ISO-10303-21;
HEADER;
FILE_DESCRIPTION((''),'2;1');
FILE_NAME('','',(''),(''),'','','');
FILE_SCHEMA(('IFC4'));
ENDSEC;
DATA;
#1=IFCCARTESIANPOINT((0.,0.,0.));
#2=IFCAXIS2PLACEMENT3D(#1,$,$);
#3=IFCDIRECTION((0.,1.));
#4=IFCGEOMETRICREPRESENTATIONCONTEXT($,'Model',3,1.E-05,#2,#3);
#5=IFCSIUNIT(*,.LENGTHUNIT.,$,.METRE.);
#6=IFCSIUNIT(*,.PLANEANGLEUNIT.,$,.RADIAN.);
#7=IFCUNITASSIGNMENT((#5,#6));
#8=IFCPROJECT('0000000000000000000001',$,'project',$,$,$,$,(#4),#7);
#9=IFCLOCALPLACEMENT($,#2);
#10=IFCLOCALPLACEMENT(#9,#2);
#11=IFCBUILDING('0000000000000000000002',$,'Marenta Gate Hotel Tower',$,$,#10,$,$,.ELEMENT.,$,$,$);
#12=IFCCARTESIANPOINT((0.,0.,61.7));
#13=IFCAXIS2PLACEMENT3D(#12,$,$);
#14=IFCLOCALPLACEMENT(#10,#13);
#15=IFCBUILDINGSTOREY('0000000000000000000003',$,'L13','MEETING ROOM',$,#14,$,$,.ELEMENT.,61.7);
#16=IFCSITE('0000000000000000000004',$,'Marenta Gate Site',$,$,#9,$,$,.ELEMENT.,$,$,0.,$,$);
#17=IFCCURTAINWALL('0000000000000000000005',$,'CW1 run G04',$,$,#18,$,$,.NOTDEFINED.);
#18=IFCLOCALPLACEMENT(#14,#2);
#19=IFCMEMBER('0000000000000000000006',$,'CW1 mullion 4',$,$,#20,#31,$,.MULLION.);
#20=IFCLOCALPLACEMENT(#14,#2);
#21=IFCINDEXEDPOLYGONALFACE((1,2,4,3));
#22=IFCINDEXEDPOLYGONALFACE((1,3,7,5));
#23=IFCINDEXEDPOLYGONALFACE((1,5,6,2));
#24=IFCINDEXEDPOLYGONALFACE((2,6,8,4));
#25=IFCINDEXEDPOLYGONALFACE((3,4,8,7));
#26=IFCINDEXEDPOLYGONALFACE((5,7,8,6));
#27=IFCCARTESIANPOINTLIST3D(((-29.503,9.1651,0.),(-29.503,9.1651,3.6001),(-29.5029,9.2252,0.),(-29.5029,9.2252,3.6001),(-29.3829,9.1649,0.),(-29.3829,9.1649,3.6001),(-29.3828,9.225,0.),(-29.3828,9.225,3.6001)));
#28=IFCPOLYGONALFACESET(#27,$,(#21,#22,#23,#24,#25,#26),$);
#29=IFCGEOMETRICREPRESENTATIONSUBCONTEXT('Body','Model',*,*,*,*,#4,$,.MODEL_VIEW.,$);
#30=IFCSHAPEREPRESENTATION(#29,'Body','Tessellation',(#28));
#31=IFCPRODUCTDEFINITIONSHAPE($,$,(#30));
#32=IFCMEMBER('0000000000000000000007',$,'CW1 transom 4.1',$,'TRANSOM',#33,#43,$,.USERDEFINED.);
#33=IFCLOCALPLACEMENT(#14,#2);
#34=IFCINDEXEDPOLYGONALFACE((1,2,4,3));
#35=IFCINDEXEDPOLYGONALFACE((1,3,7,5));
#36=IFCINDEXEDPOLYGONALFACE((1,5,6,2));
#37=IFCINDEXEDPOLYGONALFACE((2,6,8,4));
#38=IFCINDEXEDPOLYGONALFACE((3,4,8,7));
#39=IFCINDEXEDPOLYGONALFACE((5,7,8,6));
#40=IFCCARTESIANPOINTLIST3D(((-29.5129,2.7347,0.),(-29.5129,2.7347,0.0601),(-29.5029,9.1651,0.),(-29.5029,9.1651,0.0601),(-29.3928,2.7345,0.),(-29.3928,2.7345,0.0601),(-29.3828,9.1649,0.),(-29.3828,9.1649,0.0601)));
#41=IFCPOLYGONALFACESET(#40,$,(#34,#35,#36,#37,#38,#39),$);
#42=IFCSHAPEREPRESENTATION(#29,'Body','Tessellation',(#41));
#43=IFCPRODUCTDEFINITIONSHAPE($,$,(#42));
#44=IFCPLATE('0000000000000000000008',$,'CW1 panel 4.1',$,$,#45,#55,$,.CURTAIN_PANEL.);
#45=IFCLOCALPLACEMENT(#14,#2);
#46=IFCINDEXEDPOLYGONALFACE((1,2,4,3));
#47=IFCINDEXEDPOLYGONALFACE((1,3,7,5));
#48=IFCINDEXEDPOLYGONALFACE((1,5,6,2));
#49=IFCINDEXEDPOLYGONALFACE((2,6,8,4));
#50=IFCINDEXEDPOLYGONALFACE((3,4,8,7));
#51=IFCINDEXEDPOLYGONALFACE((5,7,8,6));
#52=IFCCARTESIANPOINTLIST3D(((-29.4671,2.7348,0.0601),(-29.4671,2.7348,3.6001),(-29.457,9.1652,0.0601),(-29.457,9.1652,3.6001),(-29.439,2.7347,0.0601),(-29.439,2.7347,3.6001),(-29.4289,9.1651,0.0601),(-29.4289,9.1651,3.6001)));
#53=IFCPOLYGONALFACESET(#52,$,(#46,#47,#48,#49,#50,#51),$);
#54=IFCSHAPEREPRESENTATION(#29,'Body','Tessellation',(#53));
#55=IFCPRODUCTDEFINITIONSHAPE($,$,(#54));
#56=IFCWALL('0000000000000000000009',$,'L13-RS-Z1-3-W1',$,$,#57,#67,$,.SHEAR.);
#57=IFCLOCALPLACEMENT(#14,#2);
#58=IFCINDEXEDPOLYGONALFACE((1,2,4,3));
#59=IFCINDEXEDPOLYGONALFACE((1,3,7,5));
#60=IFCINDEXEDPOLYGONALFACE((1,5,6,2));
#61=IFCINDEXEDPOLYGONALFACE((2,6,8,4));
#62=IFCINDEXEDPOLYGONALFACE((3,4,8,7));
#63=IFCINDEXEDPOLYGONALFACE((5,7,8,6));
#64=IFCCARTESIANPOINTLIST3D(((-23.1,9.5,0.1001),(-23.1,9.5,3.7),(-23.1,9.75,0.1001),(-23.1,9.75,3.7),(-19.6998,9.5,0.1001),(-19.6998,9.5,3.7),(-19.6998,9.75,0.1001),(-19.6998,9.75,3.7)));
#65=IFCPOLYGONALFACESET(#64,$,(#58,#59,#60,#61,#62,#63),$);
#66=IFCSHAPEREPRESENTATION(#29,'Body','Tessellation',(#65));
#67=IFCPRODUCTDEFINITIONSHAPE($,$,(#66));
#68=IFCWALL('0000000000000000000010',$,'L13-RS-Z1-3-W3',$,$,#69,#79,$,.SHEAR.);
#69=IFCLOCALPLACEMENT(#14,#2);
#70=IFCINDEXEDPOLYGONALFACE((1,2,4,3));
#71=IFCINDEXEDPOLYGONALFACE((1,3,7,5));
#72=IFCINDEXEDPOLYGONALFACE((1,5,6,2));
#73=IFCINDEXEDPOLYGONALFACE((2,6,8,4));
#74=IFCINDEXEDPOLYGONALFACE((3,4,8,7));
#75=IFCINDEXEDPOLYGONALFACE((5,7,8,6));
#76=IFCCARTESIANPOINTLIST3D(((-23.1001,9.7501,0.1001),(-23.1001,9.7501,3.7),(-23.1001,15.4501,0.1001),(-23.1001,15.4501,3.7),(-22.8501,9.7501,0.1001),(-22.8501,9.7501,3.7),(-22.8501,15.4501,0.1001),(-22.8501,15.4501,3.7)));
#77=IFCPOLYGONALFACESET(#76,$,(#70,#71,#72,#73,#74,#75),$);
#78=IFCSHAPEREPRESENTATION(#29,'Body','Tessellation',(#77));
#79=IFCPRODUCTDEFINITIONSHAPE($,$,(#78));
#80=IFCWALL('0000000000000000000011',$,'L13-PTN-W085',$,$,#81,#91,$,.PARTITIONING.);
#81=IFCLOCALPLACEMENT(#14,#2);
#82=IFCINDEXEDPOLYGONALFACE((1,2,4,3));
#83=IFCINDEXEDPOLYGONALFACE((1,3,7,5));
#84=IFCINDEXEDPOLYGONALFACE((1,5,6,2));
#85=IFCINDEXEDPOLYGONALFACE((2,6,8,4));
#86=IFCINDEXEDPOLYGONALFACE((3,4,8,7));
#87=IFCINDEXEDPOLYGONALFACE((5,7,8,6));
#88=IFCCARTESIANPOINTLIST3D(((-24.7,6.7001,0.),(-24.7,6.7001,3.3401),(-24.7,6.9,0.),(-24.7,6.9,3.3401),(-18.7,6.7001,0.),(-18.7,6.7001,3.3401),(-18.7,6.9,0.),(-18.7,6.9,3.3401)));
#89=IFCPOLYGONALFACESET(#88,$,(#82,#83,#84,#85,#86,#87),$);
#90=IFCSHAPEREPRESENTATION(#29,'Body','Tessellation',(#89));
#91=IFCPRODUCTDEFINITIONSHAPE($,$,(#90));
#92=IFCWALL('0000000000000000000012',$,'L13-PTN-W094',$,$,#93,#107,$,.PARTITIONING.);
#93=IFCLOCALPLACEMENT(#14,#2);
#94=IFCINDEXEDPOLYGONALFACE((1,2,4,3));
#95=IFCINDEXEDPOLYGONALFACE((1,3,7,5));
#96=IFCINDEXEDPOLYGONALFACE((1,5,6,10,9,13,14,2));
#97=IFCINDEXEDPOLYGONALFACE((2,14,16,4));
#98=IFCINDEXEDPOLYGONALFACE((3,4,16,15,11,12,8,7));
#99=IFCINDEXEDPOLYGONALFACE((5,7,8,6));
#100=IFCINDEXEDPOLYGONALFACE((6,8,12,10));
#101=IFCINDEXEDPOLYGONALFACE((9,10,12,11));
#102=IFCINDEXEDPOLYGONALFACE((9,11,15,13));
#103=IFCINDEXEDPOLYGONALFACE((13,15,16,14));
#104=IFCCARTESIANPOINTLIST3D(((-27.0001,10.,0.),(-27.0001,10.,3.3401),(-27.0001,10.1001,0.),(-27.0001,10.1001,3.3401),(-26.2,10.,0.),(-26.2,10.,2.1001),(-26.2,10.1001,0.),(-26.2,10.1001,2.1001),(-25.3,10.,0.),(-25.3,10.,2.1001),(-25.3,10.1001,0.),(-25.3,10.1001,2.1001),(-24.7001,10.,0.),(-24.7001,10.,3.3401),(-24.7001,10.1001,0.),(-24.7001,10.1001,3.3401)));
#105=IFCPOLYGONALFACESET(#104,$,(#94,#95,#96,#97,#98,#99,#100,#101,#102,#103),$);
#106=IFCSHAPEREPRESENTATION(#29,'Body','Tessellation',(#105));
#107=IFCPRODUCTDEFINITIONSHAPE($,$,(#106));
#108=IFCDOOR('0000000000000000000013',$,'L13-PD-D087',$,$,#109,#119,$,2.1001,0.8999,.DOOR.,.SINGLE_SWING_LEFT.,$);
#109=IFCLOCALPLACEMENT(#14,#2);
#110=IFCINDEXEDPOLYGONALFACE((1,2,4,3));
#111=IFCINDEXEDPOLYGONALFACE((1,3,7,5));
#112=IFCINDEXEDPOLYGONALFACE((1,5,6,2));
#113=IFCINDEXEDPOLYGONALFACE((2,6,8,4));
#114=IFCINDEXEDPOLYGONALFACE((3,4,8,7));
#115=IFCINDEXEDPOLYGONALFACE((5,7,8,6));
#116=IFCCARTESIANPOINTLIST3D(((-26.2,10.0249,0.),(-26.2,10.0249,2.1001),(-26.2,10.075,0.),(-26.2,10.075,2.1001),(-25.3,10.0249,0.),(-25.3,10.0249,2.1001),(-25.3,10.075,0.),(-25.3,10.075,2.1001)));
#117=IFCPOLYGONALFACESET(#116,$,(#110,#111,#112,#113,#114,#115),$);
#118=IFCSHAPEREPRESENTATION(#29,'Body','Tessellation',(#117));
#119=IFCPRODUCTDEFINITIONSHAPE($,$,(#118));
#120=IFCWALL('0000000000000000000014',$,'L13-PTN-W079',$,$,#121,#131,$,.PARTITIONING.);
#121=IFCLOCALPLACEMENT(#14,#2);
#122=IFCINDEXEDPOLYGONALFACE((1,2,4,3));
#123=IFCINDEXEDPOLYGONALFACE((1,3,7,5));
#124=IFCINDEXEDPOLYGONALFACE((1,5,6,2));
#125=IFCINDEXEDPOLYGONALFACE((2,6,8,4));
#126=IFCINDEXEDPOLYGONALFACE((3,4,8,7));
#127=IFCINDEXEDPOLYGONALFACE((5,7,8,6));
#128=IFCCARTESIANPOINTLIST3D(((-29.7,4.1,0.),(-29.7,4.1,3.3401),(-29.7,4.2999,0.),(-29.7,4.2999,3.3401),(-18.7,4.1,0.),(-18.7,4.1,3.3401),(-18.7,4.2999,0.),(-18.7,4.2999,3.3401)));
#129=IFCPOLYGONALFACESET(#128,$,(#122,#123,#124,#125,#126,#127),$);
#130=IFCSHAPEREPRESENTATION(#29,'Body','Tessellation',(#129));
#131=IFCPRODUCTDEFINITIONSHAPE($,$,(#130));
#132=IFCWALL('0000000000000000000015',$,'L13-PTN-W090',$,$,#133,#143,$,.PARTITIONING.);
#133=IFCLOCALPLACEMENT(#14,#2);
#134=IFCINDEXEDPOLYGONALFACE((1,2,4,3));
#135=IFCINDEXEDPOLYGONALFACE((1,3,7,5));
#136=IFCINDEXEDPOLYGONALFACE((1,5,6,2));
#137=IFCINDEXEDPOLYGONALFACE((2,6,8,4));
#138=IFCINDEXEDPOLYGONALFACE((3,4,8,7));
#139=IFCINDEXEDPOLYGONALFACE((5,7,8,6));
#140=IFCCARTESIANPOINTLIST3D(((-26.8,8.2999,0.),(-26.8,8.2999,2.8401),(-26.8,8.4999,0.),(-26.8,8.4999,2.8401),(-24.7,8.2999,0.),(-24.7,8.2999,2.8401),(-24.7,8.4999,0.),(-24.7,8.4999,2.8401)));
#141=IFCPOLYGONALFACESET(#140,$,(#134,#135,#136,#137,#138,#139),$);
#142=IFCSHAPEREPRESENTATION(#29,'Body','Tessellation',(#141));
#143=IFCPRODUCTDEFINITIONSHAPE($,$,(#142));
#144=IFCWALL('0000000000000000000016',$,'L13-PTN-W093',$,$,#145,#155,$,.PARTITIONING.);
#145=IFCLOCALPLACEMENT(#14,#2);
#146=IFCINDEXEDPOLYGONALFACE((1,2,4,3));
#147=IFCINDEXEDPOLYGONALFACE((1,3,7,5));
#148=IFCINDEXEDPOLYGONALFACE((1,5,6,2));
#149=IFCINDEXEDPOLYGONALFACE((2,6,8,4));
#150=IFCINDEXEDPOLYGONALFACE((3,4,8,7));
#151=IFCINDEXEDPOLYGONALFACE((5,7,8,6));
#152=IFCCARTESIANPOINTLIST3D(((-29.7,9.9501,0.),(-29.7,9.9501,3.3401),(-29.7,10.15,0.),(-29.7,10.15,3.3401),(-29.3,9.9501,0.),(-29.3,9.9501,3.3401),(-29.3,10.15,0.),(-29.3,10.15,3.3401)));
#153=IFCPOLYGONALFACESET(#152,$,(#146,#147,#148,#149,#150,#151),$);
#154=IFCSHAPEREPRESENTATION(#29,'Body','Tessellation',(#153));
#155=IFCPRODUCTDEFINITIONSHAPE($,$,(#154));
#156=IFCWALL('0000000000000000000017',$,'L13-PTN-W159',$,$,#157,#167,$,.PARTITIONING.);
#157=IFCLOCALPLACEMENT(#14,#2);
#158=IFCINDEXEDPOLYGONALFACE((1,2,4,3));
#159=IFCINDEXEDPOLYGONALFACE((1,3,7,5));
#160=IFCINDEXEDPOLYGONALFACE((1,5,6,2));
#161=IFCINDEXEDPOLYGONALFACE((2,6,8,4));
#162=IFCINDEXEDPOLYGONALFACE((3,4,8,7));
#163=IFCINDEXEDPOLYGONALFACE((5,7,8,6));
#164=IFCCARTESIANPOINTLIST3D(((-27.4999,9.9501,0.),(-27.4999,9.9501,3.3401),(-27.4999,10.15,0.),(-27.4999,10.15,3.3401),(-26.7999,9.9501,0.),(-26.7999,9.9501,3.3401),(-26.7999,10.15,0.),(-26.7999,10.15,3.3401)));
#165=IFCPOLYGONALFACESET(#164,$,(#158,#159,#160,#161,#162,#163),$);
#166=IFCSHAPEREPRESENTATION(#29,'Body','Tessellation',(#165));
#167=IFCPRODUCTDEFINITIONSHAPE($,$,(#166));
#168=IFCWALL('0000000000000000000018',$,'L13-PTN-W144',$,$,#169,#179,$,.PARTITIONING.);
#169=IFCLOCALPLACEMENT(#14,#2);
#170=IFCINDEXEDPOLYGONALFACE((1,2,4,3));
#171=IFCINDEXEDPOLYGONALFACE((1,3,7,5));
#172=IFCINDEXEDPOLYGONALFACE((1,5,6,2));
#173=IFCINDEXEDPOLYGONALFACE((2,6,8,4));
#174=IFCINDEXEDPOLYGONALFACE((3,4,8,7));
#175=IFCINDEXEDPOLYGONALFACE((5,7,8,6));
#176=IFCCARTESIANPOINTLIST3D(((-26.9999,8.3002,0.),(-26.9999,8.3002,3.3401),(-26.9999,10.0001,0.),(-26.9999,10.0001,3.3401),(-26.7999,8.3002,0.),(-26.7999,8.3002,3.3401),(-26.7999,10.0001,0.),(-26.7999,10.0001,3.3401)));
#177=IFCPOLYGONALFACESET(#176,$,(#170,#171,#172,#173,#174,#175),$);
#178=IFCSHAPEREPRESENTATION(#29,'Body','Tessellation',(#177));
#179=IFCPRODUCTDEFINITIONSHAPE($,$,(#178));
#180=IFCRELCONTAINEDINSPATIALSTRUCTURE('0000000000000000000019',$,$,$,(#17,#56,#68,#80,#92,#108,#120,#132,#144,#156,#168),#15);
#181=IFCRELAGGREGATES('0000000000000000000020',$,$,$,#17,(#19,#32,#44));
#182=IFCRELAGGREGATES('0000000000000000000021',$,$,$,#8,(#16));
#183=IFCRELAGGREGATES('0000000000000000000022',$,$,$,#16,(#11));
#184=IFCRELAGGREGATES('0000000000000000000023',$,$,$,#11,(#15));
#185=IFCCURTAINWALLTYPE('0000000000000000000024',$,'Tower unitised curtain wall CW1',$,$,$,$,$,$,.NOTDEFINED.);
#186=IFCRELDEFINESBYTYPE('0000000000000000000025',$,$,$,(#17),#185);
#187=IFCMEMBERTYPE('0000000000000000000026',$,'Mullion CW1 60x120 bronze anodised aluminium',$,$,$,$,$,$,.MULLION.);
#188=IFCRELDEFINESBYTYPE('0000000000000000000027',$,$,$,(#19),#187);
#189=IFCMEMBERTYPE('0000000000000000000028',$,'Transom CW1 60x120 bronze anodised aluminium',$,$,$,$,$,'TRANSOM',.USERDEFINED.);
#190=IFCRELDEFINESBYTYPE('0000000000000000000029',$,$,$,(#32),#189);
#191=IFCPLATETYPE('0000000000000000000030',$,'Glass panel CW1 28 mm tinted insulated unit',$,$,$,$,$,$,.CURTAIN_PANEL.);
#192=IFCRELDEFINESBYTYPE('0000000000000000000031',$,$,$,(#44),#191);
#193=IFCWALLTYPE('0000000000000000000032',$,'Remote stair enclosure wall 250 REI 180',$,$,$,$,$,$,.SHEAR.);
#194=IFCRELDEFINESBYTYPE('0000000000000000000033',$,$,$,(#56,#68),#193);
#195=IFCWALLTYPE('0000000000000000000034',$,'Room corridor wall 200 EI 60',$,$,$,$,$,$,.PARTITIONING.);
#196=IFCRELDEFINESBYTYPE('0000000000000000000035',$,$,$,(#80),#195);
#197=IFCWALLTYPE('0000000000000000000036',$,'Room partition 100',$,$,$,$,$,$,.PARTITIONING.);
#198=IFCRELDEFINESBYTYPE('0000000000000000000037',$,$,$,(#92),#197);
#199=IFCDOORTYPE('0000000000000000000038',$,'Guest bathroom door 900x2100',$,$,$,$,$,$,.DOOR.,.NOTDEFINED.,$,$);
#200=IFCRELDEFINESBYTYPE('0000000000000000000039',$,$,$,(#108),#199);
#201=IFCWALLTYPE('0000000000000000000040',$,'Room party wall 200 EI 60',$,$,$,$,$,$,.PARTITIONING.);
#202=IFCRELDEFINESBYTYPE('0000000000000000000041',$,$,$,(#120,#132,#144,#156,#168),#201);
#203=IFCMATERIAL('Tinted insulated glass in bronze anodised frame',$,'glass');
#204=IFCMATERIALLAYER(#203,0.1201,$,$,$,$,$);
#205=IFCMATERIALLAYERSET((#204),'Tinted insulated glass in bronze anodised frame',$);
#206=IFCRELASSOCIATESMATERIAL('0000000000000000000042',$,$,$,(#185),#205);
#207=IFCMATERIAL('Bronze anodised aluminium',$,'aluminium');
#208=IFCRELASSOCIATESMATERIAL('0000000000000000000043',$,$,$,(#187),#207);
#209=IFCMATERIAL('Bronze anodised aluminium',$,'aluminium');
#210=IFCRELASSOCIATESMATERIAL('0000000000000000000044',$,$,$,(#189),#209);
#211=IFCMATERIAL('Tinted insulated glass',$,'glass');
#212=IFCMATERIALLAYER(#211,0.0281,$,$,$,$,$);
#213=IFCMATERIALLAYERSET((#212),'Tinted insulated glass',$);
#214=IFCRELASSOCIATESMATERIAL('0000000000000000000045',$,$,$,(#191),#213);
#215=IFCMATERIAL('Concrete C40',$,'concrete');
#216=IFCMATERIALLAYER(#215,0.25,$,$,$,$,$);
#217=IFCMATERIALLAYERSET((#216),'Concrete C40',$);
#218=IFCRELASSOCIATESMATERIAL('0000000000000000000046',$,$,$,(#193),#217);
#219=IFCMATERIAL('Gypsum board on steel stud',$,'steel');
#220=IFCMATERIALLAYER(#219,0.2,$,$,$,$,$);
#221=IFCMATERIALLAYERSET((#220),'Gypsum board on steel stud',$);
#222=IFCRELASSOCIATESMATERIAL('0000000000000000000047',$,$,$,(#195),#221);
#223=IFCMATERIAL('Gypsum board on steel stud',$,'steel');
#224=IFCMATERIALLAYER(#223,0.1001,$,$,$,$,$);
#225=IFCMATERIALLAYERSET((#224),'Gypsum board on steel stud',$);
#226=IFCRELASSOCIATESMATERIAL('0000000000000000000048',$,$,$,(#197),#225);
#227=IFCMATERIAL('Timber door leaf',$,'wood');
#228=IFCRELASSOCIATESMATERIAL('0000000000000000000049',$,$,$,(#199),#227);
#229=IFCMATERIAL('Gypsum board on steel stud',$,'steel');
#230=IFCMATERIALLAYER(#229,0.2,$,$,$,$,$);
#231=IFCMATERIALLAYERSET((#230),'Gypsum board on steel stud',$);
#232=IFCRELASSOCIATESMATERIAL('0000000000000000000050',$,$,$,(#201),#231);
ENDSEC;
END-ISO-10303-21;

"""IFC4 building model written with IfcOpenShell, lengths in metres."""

from ifc_helpers import new_model, si_unit, direction, frame, frame_2d, origin, origin_2d, place, context, subcontext, project, spatial, rectangle, extrude, material, layer, layer_set, material_profile, profile_set, type_object, element, fill, aggregate, save


model = new_model("IFC4")

# Units and contexts
model_context = context("Model", 3, precision=1e-05, world=origin(), true_north=direction((0.0, 1.0)))
body_context = subcontext(model_context, "Body", "Model", "MODEL_VIEW")
ifc_project = project(units=[si_unit("LENGTHUNIT", "METRE"), si_unit("PLANEANGLEUNIT", "RADIAN")], contexts=[model_context])

# Site, building, storey
site_placement = place(None, origin())
site = spatial("IfcSite", under=ifc_project, at=site_placement, Name="Marenta Gate Site", CompositionType="ELEMENT", RefElevation=0.0)
building_placement = place(site_placement, origin())
building = spatial("IfcBuilding", under=site, at=building_placement, Name="Marenta Gate Hotel Tower", CompositionType="ELEMENT")
storey_placement = place(building_placement, frame((0.0, 0.0, 61.7)))
storey = spatial("IfcBuildingStorey", under=building, at=storey_placement, Name="L13", Description="MEETING ROOM", CompositionType="ELEMENT", Elevation=61.7)

# Curtain wall, members, plate
ifc_material_1 = material(Name="Tinted insulated glass in bronze anodised frame", Category="glass")
ifc_layer_1 = layer(ifc_material_1, 0.1201)
ifc_layer_set_1 = layer_set([ifc_layer_1], Name="Tinted insulated glass in bronze anodised frame")
curtain_wall_type = type_object("IfcCurtainWallType", Name="Tower unitised curtain wall CW1", PredefinedType="NOTDEFINED", material=ifc_layer_set_1)
curtain_wall_placement = place(storey_placement, origin())
curtain_wall = element("IfcCurtainWall", 1, at=curtain_wall_placement, inside=storey, type_object=curtain_wall_type, Name="CW1 run G04", PredefinedType="NOTDEFINED")
ifc_material_2 = material(Name="Bronze anodised aluminium", Category="aluminium")
ifc_material_profile_1 = material_profile(ifc_material_2, rectangle(XDim=0.1201, YDim=0.0601, at=origin_2d()), Name="Mullion CW1 60x120 bronze anodised aluminium")
ifc_profile_set_1 = profile_set([ifc_material_profile_1], Name="Bronze anodised aluminium")
member_type_1 = type_object("IfcMemberType", Name="Mullion CW1 60x120 bronze anodised aluminium", PredefinedType="MULLION", material=ifc_profile_set_1)
member_1_placement = place(storey_placement, frame((-29.4429, 9.1951, 0.0), z_axis=(0.0, 0.0, 1.0), x_axis=(0.999999, -0.001566, 0.0)))
member_1 = element("IfcMember", 2, at=member_1_placement, type_object=member_type_1, Name="CW1 mullion 4", PredefinedType="MULLION", context=body_context, shape_type="SweptSolid", body=[
    extrude(rectangle(XDim=0.1201, YDim=0.0601, at=origin_2d()), origin(), (0.0, 0.0, 1.0), 3.6001),
])
ifc_material_3 = material(Name="Bronze anodised aluminium", Category="aluminium")
ifc_material_profile_2 = material_profile(ifc_material_3, rectangle(XDim=0.1201, YDim=0.0601, at=origin_2d()), Name="Transom CW1 60x120 bronze anodised aluminium")
ifc_profile_set_2 = profile_set([ifc_material_profile_2], Name="Bronze anodised aluminium")
member_type_2 = type_object("IfcMemberType", Name="Transom CW1 60x120 bronze anodised aluminium", ElementType="TRANSOM", PredefinedType="USERDEFINED", material=ifc_profile_set_2)
member_2_placement = place(storey_placement, frame((-29.4429, 9.165, 0.03), z_axis=(-0.001557, -0.999999, 0.0), x_axis=(0.999999, -0.001557, 0.0)))
member_2 = element("IfcMember", 3, at=member_2_placement, type_object=member_type_2, Name="CW1 transom 4.1", ObjectType="TRANSOM", PredefinedType="USERDEFINED", context=body_context, shape_type="SweptSolid", body=[
    extrude(rectangle(XDim=0.1201, YDim=0.0601, at=origin_2d()), origin(), (0.0, 0.0, 1.0), 6.4304),
])
ifc_material_4 = material(Name="Tinted insulated glass", Category="glass")
ifc_layer_2 = layer(ifc_material_4, 0.0281)
ifc_layer_set_2 = layer_set([ifc_layer_2], Name="Tinted insulated glass")
plate_type = type_object("IfcPlateType", Name="Glass panel CW1 28 mm tinted insulated unit", PredefinedType="CURTAIN_PANEL", material=ifc_layer_set_2)
plate_placement = place(storey_placement, frame((-29.448, 5.95, 0.0601), z_axis=(0.0, 0.0, 1.0), x_axis=(-0.001566, -0.999999, 0.0)))
plate = element("IfcPlate", 4, at=plate_placement, type_object=plate_type, Name="CW1 panel 4.1", PredefinedType="CURTAIN_PANEL", context=body_context, shape_type="SweptSolid", body=[
    extrude(rectangle(XDim=6.4304, YDim=0.0281, at=origin_2d()), origin(), (0.0, 0.0, 1.0), 3.54),
])
aggregate(curtain_wall, [member_1, member_2, plate])

# Walls
ifc_material_5 = material(Name="Concrete C40", Category="concrete")
ifc_layer_3 = layer(ifc_material_5, 0.25)
ifc_layer_set_3 = layer_set([ifc_layer_3], Name="Concrete C40")
wall_type_1 = type_object("IfcWallType", Name="Remote stair enclosure wall 250 REI 180", PredefinedType="SHEAR", material=ifc_layer_set_3)
wall_1_placement = place(storey_placement, frame((-23.1001, 9.625, 0.1001), z_axis=(0.0, 0.0, 1.0), x_axis=(1.0, 0.0, 0.0)))
element("IfcWall", 5, at=wall_1_placement, inside=storey, type_object=wall_type_1, Name="L13-RS-Z1-3-W1", PredefinedType="SHEAR", context=body_context, shape_type="SweptSolid", body=[
    extrude(rectangle(XDim=3.4001, YDim=0.25, at=frame_2d((1.7002, 0.0))), origin(), (0.0, 0.0, 1.0), 3.5999),
])
wall_2_placement = place(storey_placement, frame((-22.9751, 9.75, 0.1001), z_axis=(0.0, 0.0, 1.0), x_axis=(0.0, 1.0, 0.0)))
element("IfcWall", 6, at=wall_2_placement, inside=storey, type_object=wall_type_1, Name="L13-RS-Z1-3-W3", PredefinedType="SHEAR", context=body_context, shape_type="SweptSolid", body=[
    extrude(rectangle(XDim=5.7, YDim=0.25, at=frame_2d((2.8501, 0.0))), origin(), (0.0, 0.0, 1.0), 3.5999),
])
ifc_material_6 = material(Name="Gypsum board on steel stud", Category="steel")
ifc_layer_4 = layer(ifc_material_6, 0.2)
ifc_layer_set_4 = layer_set([ifc_layer_4], Name="Gypsum board on steel stud")
wall_type_2 = type_object("IfcWallType", Name="Room corridor wall 200 EI 60", PredefinedType="PARTITIONING", material=ifc_layer_set_4)
wall_3_placement = place(storey_placement, frame((-24.7, 6.8, 0.0), z_axis=(0.0, 0.0, 1.0), x_axis=(1.0, 0.0, 0.0)))
element("IfcWall", 7, at=wall_3_placement, inside=storey, type_object=wall_type_2, Name="L13-PTN-W085", PredefinedType="PARTITIONING", context=body_context, shape_type="SweptSolid", body=[
    extrude(rectangle(XDim=6.0, YDim=0.2, at=frame_2d((3.0, 0.0))), origin(), (0.0, 0.0, 1.0), 3.3401),
])

# Wall, opening, door
ifc_material_7 = material(Name="Gypsum board on steel stud", Category="steel")
ifc_layer_5 = layer(ifc_material_7, 0.1001)
ifc_layer_set_5 = layer_set([ifc_layer_5], Name="Gypsum board on steel stud")
wall_type_3 = type_object("IfcWallType", Name="Room partition 100", PredefinedType="PARTITIONING", material=ifc_layer_set_5)
wall_4_placement = place(storey_placement, frame((-27.0, 10.05, 0.0), z_axis=(0.0, 0.0, 1.0), x_axis=(1.0, 0.0, 0.0)))
wall_4 = element("IfcWall", 8, at=wall_4_placement, inside=storey, type_object=wall_type_3, Name="L13-PTN-W094", PredefinedType="PARTITIONING", context=body_context, shape_type="SweptSolid", body=[
    extrude(rectangle(XDim=2.3, YDim=0.1001, at=frame_2d((1.1499, 0.0))), origin(), (0.0, 0.0, 1.0), 3.3401),
])
opening_1_placement = place(wall_4_placement, frame((0.8, 0.0, 0.0)))
opening_1 = element("IfcOpeningElement", 9, at=opening_1_placement, cuts=wall_4, PredefinedType="OPENING", context=body_context, shape_type="SweptSolid", body=[
    extrude(rectangle(XDim=0.8999, YDim=2.1001, at=frame_2d((0.45, 1.05))), frame((0.0, 0.05, 0.0), z_axis=(0.0, -1.0, 0.0), x_axis=(1.0, 0.0, 0.0)), (0.0, 0.0, 1.0), 0.1001),
])
ifc_material_8 = material(Name="Timber door leaf", Category="wood")
door_type_1 = type_object("IfcDoorType", Name="Guest bathroom door 900x2100", OperationType="NOTDEFINED", PredefinedType="DOOR", material=ifc_material_8)
door_1_placement = place(opening_1_placement, origin())
door_1 = element("IfcDoor", 10, at=door_1_placement, inside=storey, type_object=door_type_1, Name="L13-PD-D087", OperationType="SINGLE_SWING_LEFT", OverallHeight=2.1001, OverallWidth=0.8999, PredefinedType="DOOR", context=body_context, shape_type="SweptSolid", body=[
    extrude(rectangle(XDim=0.8999, YDim=2.1001, at=frame_2d((0.45, 1.05))), frame((0.0, 0.0249, 0.0), z_axis=(0.0, -1.0, 0.0), x_axis=(1.0, 0.0, 0.0)), (0.0, 0.0, 1.0), 0.05),
])
fill(opening_1, door_1)

# Walls
ifc_material_9 = material(Name="Gypsum board on steel stud", Category="steel")
ifc_layer_6 = layer(ifc_material_9, 0.2)
ifc_layer_set_6 = layer_set([ifc_layer_6], Name="Gypsum board on steel stud")
wall_type_4 = type_object("IfcWallType", Name="Room party wall 200 EI 60", PredefinedType="PARTITIONING", material=ifc_layer_set_6)
wall_5_placement = place(storey_placement, frame((-29.7, 4.2, 0.0), z_axis=(0.0, 0.0, 1.0), x_axis=(1.0, 0.0, 0.0)))
element("IfcWall", 11, at=wall_5_placement, inside=storey, type_object=wall_type_4, Name="L13-PTN-W079", PredefinedType="PARTITIONING", context=body_context, shape_type="SweptSolid", body=[
    extrude(rectangle(XDim=11.0, YDim=0.2, at=frame_2d((5.5, 0.0))), origin(), (0.0, 0.0, 1.0), 3.3401),
])
wall_6_placement = place(storey_placement, frame((-26.8, 8.3999, 0.0), z_axis=(0.0, 0.0, 1.0), x_axis=(1.0, 0.0, 0.0)))
element("IfcWall", 12, at=wall_6_placement, inside=storey, type_object=wall_type_4, Name="L13-PTN-W090", PredefinedType="PARTITIONING", context=body_context, shape_type="SweptSolid", body=[
    extrude(rectangle(XDim=2.1001, YDim=0.2, at=frame_2d((1.05, 0.0))), origin(), (0.0, 0.0, 1.0), 2.8401),
])
wall_7_placement = place(storey_placement, frame((-29.7, 10.05, 0.0), z_axis=(0.0, 0.0, 1.0), x_axis=(1.0, 0.0, 0.0)))
element("IfcWall", 13, at=wall_7_placement, inside=storey, type_object=wall_type_4, Name="L13-PTN-W093", PredefinedType="PARTITIONING", context=body_context, shape_type="SweptSolid", body=[
    extrude(rectangle(XDim=0.3999, YDim=0.2, at=frame_2d((0.2, 0.0))), origin(), (0.0, 0.0, 1.0), 3.3401),
])
wall_8_placement = place(storey_placement, frame((-27.5, 10.05, 0.0), z_axis=(0.0, 0.0, 1.0), x_axis=(1.0, 0.0, 0.0)))
element("IfcWall", 14, at=wall_8_placement, inside=storey, type_object=wall_type_4, Name="L13-PTN-W159", PredefinedType="PARTITIONING", context=body_context, shape_type="SweptSolid", body=[
    extrude(rectangle(XDim=0.7, YDim=0.2, at=frame_2d((0.3501, 0.0))), origin(), (0.0, 0.0, 1.0), 3.3401),
])
wall_9_placement = place(storey_placement, frame((-26.8999, 8.3, 0.0), z_axis=(0.0, 0.0, 1.0), x_axis=(0.0, 1.0, 0.0)))
element("IfcWall", 15, at=wall_9_placement, inside=storey, type_object=wall_type_4, Name="L13-PTN-W144", PredefinedType="PARTITIONING", context=body_context, shape_type="SweptSolid", body=[
    extrude(rectangle(XDim=1.7, YDim=0.2, at=frame_2d((0.8501, 0.0))), origin(), (0.0, 0.0, 1.0), 3.3401),
])

save(model, "model.ifc")
